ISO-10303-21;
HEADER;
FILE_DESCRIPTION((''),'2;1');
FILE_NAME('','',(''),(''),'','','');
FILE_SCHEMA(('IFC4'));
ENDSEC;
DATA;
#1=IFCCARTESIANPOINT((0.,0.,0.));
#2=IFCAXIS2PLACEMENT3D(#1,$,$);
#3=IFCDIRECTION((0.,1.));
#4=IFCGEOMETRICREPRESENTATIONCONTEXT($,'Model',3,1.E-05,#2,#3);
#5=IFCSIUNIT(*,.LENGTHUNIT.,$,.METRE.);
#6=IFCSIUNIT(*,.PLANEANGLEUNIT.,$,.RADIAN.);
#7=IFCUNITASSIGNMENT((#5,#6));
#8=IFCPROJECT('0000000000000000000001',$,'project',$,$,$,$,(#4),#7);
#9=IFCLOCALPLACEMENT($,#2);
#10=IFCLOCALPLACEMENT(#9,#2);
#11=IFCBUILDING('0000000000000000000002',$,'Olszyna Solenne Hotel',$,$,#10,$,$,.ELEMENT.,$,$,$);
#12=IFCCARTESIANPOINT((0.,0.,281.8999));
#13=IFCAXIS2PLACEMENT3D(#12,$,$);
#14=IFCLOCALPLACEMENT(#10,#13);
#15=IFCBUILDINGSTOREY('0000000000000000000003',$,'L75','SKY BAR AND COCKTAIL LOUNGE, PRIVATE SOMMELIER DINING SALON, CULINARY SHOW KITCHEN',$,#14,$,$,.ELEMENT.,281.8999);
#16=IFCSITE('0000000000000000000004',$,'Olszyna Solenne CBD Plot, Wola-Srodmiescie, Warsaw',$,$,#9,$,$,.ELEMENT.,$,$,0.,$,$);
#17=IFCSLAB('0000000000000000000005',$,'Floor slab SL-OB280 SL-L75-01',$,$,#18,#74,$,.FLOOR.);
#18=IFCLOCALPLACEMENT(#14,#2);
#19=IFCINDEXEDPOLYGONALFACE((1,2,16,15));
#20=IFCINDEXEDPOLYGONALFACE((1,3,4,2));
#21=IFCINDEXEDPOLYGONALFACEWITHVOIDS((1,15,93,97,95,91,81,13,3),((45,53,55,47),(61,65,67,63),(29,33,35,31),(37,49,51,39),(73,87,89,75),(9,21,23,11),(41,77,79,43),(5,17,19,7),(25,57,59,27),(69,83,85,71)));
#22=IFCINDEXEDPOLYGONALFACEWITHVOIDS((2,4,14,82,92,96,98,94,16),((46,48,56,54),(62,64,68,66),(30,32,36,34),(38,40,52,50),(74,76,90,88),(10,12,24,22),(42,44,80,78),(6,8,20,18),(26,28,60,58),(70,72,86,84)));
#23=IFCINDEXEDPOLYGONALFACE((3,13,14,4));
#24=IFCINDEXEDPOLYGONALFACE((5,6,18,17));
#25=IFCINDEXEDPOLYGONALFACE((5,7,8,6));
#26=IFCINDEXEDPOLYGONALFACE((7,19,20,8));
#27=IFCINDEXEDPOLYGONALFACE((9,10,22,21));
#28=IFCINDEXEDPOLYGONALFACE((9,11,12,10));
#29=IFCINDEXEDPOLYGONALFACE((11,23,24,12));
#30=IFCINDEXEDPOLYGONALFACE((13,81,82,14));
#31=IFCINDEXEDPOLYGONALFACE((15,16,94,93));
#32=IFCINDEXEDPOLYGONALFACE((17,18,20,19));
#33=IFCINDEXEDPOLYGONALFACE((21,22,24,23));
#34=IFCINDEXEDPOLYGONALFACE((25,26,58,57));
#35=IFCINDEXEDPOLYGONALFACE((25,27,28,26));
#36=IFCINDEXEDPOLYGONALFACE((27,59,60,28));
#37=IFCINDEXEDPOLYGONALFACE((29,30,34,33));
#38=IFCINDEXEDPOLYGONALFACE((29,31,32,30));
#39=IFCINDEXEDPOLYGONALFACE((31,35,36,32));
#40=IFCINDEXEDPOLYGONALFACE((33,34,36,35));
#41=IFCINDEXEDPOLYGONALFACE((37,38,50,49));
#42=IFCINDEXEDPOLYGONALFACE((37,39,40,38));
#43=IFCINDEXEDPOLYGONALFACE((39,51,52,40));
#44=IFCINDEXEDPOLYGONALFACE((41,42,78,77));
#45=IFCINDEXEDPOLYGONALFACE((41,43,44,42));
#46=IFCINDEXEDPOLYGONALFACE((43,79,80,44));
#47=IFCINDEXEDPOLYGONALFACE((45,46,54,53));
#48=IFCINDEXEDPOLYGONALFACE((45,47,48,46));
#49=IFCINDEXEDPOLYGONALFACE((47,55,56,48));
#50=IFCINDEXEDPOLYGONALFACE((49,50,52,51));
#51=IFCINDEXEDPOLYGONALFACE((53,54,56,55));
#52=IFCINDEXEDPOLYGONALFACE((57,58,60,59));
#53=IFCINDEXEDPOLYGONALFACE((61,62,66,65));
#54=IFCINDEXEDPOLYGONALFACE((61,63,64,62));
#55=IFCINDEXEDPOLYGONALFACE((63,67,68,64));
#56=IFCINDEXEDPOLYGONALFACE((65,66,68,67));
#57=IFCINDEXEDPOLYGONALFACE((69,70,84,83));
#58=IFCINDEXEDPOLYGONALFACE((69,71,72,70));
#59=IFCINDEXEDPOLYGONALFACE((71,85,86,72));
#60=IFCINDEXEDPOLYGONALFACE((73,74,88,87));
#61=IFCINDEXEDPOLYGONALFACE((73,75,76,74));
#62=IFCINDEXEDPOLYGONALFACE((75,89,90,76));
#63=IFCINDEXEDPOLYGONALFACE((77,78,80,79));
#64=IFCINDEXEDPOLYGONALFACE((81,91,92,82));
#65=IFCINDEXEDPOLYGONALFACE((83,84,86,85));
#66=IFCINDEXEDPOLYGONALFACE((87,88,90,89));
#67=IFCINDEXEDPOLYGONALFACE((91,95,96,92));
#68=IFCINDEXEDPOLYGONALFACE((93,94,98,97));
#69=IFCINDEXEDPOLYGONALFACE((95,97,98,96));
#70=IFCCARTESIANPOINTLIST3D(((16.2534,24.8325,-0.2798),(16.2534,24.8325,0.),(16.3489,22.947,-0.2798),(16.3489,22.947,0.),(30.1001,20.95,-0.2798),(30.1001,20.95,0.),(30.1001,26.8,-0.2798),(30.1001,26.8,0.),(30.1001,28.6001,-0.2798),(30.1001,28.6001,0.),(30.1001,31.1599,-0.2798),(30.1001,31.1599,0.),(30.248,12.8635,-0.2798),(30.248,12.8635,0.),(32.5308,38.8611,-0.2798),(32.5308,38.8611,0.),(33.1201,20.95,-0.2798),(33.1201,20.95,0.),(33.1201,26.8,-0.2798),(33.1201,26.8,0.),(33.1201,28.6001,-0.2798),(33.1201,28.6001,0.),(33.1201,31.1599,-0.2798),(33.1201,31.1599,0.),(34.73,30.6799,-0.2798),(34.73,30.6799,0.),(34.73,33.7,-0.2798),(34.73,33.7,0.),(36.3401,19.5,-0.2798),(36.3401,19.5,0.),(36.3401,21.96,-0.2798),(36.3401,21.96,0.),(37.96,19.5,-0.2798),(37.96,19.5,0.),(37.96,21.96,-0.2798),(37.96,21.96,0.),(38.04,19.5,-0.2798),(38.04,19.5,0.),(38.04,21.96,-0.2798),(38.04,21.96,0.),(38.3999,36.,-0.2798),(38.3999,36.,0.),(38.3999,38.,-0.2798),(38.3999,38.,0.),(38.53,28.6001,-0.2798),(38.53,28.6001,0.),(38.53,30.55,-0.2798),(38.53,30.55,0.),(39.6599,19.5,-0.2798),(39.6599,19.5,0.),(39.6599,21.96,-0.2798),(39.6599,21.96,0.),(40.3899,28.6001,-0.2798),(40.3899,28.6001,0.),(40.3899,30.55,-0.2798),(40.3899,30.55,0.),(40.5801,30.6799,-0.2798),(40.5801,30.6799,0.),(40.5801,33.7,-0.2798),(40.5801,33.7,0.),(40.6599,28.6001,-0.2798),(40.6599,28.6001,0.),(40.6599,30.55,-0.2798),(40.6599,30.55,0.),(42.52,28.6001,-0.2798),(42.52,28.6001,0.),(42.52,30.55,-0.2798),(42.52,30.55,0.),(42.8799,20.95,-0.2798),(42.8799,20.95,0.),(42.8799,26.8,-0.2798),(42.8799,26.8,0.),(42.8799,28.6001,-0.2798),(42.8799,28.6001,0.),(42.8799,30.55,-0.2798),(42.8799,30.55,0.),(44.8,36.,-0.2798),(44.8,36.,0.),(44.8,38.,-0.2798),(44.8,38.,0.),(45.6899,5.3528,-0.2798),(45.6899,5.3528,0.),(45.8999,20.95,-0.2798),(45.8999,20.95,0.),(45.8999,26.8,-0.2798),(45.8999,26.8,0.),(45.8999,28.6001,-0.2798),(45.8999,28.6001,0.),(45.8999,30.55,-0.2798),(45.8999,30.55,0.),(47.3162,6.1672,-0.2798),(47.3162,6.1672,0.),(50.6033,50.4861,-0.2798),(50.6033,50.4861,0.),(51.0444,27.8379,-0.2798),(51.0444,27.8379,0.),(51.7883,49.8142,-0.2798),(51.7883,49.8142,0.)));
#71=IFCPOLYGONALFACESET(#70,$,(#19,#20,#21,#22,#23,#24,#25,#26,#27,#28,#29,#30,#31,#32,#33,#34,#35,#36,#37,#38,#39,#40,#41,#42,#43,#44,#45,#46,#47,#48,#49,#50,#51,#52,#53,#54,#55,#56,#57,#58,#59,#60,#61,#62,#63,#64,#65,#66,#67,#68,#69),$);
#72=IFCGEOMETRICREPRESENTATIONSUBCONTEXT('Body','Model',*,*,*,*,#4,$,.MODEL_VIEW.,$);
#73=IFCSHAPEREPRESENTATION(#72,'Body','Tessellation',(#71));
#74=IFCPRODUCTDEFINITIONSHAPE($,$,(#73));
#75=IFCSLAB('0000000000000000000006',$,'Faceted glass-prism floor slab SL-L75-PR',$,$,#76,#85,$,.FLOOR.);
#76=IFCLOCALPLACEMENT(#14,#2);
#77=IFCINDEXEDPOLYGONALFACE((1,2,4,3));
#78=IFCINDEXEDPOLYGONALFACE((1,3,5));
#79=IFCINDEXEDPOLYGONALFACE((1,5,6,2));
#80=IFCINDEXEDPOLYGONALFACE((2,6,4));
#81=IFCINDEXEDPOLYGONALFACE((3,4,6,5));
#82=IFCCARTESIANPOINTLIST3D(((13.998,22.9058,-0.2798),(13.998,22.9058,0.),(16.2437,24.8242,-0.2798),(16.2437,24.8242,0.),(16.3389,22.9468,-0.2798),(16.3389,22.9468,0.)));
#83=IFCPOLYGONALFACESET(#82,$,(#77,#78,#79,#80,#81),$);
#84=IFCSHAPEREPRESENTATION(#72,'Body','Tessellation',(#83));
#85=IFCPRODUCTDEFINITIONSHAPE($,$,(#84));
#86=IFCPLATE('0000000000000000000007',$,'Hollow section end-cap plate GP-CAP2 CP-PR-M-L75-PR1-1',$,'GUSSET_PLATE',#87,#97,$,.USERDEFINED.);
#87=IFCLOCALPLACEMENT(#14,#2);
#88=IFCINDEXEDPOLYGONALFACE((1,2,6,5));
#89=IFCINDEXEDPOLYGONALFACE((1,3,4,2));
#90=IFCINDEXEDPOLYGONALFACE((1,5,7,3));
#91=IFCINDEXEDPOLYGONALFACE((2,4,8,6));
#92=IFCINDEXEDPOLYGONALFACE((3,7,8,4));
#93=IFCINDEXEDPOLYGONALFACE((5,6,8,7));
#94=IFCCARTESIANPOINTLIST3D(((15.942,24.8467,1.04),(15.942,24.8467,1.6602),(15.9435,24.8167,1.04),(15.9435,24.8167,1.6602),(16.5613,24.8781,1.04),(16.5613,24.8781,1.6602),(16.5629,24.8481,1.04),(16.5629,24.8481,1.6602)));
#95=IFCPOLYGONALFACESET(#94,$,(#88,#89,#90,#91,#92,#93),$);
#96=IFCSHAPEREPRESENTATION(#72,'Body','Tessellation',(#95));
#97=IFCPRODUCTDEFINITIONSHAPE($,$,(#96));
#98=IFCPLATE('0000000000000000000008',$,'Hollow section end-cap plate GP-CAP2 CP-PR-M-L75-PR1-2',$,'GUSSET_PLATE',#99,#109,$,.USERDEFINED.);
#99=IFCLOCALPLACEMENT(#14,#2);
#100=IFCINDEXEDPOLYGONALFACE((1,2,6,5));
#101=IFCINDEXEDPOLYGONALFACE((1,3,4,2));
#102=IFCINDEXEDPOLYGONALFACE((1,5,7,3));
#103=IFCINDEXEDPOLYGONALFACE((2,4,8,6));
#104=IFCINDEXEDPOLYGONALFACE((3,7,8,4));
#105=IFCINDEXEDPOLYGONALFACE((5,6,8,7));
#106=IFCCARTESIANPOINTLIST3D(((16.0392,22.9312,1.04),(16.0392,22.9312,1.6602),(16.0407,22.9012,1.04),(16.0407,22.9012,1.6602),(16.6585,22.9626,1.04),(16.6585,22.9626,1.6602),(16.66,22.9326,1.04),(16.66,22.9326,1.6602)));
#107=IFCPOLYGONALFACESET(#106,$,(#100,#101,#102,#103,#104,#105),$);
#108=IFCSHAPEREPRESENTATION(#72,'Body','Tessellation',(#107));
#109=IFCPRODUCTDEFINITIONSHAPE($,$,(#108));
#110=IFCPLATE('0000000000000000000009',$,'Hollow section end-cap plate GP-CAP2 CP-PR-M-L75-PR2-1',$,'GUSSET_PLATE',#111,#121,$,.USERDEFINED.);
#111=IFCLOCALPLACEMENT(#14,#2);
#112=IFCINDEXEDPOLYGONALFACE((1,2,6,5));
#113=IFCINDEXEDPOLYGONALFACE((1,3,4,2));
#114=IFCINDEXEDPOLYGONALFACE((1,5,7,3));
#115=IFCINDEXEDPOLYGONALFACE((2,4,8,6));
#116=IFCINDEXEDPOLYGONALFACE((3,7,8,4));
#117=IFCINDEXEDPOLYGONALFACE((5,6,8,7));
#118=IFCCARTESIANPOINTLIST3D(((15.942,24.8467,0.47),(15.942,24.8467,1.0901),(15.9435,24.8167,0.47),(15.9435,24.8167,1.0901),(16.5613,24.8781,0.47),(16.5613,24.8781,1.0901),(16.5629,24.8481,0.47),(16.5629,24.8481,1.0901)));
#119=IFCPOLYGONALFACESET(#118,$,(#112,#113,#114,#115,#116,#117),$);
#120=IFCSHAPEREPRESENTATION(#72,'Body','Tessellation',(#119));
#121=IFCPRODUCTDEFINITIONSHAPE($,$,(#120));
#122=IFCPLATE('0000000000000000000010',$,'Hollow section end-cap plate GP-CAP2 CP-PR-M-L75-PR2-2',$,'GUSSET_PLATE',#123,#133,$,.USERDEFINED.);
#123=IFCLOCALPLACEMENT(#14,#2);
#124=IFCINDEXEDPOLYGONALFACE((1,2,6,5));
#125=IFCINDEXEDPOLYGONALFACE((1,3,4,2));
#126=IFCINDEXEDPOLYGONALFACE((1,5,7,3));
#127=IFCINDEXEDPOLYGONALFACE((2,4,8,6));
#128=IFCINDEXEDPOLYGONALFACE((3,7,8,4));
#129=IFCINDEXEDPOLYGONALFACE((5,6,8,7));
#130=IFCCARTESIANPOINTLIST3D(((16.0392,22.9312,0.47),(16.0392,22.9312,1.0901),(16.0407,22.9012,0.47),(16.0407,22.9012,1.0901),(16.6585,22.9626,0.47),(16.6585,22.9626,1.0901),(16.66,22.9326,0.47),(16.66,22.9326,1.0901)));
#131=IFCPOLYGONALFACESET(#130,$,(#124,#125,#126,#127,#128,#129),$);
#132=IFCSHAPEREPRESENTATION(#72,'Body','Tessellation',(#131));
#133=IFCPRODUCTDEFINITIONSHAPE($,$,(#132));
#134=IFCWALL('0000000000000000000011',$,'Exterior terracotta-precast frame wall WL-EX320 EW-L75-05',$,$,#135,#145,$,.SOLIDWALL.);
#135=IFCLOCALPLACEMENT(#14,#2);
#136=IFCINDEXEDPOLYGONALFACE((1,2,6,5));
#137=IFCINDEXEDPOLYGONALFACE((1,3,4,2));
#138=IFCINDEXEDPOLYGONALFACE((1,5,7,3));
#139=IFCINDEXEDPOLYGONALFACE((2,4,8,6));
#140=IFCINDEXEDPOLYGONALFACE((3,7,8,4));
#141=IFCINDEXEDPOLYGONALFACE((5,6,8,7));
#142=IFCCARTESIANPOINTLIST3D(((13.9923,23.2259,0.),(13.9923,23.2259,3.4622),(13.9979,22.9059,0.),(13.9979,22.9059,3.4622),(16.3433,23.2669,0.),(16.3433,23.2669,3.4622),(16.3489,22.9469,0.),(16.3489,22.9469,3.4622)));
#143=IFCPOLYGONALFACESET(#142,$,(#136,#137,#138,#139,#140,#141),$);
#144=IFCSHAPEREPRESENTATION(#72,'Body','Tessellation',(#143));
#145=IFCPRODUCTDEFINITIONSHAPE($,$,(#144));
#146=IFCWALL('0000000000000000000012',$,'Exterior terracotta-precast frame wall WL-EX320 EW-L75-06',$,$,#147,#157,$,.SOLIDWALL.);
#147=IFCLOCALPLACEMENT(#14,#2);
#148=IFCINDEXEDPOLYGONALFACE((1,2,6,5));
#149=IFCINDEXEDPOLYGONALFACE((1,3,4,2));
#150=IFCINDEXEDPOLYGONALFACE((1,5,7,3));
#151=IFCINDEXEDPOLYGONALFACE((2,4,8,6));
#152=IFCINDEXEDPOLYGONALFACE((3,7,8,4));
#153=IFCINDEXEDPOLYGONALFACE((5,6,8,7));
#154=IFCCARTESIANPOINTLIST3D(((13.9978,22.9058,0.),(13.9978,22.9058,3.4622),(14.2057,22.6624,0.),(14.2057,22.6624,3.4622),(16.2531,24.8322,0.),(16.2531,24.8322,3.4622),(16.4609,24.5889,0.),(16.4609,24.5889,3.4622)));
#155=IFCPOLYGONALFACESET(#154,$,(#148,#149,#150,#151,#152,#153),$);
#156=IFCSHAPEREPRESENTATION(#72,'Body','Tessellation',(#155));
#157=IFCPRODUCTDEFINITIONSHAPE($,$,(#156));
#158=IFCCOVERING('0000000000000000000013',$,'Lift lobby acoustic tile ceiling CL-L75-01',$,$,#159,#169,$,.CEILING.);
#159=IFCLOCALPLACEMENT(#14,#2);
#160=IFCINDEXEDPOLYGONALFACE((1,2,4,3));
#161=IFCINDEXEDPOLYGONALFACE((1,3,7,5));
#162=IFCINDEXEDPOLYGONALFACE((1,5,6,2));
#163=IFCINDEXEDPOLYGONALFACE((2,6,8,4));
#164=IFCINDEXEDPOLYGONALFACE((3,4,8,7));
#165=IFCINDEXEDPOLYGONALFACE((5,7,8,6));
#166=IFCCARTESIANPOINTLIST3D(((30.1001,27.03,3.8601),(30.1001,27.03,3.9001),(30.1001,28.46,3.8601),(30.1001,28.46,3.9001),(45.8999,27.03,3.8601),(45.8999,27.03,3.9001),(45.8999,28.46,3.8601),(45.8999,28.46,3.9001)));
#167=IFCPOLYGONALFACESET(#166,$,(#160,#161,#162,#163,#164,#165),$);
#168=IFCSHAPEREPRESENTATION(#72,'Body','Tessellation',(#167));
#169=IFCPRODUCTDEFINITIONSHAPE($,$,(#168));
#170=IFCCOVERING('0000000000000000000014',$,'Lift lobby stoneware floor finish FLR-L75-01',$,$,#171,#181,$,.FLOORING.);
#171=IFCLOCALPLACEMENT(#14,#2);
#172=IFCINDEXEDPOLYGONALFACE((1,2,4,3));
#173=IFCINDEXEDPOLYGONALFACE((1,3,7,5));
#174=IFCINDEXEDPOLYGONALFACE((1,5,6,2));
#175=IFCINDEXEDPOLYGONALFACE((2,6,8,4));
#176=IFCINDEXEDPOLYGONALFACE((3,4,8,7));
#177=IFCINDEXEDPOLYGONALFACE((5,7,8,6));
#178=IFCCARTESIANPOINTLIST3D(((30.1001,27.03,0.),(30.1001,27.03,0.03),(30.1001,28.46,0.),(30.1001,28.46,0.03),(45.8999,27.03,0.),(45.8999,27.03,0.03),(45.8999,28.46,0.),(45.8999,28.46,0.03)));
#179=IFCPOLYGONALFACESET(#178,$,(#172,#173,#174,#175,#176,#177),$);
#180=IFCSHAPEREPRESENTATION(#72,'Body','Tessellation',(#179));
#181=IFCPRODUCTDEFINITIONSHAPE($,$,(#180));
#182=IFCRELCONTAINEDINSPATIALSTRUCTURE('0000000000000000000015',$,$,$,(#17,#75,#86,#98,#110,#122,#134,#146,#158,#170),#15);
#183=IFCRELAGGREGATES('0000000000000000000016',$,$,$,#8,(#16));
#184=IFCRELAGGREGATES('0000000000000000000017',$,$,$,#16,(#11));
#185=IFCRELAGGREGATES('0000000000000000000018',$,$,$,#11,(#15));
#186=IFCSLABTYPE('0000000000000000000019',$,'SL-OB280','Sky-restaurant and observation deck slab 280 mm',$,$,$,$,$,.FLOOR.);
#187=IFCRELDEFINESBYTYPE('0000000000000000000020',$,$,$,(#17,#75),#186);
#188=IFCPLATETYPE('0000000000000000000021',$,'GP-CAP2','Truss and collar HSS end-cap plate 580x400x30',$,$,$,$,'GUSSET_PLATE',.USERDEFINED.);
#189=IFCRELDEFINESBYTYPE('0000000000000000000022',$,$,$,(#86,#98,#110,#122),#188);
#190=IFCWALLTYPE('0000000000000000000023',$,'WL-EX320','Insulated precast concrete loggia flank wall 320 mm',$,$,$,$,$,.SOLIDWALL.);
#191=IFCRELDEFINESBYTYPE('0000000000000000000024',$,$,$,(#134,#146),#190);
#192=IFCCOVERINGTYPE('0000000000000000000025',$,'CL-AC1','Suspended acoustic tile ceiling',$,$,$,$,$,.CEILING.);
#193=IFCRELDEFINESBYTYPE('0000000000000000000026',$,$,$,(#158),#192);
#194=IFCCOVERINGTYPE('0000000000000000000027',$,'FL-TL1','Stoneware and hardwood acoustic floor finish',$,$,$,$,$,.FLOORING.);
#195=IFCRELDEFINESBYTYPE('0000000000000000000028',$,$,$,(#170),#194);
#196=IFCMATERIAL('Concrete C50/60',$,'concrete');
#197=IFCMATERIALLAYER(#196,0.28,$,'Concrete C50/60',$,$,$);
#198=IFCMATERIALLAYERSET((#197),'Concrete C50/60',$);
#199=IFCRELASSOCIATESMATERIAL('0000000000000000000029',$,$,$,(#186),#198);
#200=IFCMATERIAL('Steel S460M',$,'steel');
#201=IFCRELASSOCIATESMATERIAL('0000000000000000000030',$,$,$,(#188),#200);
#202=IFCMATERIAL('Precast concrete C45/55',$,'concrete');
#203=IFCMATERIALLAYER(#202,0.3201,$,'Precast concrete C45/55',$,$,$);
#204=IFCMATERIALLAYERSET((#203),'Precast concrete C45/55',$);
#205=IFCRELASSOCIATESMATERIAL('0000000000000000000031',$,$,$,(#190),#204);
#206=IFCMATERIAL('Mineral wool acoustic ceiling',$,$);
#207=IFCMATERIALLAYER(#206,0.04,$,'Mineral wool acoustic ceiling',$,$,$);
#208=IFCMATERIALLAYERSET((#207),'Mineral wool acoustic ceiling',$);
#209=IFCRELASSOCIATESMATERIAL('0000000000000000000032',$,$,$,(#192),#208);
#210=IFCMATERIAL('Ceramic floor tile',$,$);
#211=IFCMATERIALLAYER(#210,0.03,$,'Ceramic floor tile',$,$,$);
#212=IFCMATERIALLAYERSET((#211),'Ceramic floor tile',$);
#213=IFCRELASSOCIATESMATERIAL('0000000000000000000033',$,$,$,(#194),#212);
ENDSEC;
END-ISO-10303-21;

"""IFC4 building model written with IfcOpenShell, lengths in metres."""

from ifc_helpers import new_model, si_unit, direction, frame, frame_2d, origin, origin_2d, place, context, subcontext, project, spatial, polyline, rectangle, outline, extrude, source, transform, mapped, material, layer, layer_set, type_object, element, save


model = new_model("IFC4")

# Units and contexts
model_context = context("Model", 3, precision=1e-05, world=origin(), true_north=direction((0.0, 1.0)))
body_context = subcontext(model_context, "Body", "Model", "MODEL_VIEW")
ifc_project = project(units=[si_unit("LENGTHUNIT", "METRE"), si_unit("PLANEANGLEUNIT", "RADIAN")], contexts=[model_context])

# Site, building, storey
site_placement = place(None, origin())
site = spatial("IfcSite", under=ifc_project, at=site_placement, Name="Olszyna Solenne CBD Plot, Wola-Srodmiescie, Warsaw", CompositionType="ELEMENT", RefElevation=0.0)
building_placement = place(site_placement, origin())
building = spatial("IfcBuilding", under=site, at=building_placement, Name="Olszyna Solenne Hotel", CompositionType="ELEMENT")
storey_placement = place(building_placement, frame((0.0, 0.0, 281.8999)))
storey = spatial("IfcBuildingStorey", under=building, at=storey_placement, Name="L75", Description="SKY BAR AND COCKTAIL LOUNGE, PRIVATE SOMMELIER DINING SALON, CULINARY SHOW KITCHEN", CompositionType="ELEMENT", Elevation=281.8999)

# Shared definitions
ifc_material_1 = material(Name="Steel S460M", Category="steel")

# Slabs
ifc_material_2 = material(Name="Precast concrete C45/55", Category="concrete")
ifc_material_3 = material(Name="Concrete C50/60", Category="concrete")
ifc_layer_1 = layer(ifc_material_3, 0.28, Name="Concrete C50/60")
ifc_layer_set_1 = layer_set([ifc_layer_1], Name="Concrete C50/60")
slab_type_1 = type_object("IfcSlabType", Name="SL-OB280", Description="Sky-restaurant and observation deck slab 280 mm", PredefinedType="FLOOR", material=ifc_layer_set_1)
slab_1_placement = place(storey_placement, frame((0.0, 0.0, -0.2798)))
element("IfcSlab", 1, at=slab_1_placement, inside=storey, type_object=slab_type_1, Name="Floor slab SL-OB280 SL-L75-01", PredefinedType="FLOOR", context=body_context, shape_type="SweptSolid", body=[
    extrude(outline(polyline([(51.7883, 49.8142), (50.6033, 50.4861), (32.5308, 38.8611), (16.2534, 24.8325), (16.3489, 22.947), (30.248, 12.8635), (45.6899, 5.3528), (47.3162, 6.1672), (51.0444, 27.8379), (51.7883, 49.8142)]), holes=[polyline([(30.1001, 20.95), (33.1201, 20.95), (33.1201, 26.8), (30.1001, 26.8), (30.1001, 20.95)]), polyline([(42.8799, 20.95), (45.8999, 20.95), (45.8999, 26.8), (42.8799, 26.8), (42.8799, 20.95)]), polyline([(34.73, 30.6799), (40.5801, 30.6799), (40.5801, 33.7), (34.73, 33.7), (34.73, 30.6799)]), polyline([(36.3401, 19.5), (37.96, 19.5), (37.96, 21.96), (36.3401, 21.96), (36.3401, 19.5)]), polyline([(38.04, 19.5), (39.6599, 19.5), (39.6599, 21.96), (38.04, 21.96), (38.04, 19.5)]), polyline([(30.1001, 28.6001), (33.1201, 28.6001), (33.1201, 31.1599), (30.1001, 31.1599), (30.1001, 28.6001)]), polyline([(38.53, 28.6001), (40.3899, 28.6001), (40.3899, 30.55), (38.53, 30.55), (38.53, 28.6001)]), polyline([(40.6599, 28.6001), (42.52, 28.6001), (42.52, 30.55), (40.6599, 30.55), (40.6599, 28.6001)]), polyline([(42.8799, 28.6001), (45.8999, 28.6001), (45.8999, 30.55), (42.8799, 30.55), (42.8799, 28.6001)]), polyline([(38.3999, 36.0), (44.8, 36.0), (44.8, 38.0), (38.3999, 38.0), (38.3999, 36.0)])]), origin(), (0.0, 0.0, 1.0), 0.2798),
])
slab_2_placement = place(storey_placement, frame((0.0, 0.0, -0.2798)))
element("IfcSlab", 2, at=slab_2_placement, inside=storey, type_object=slab_type_1, Name="Faceted glass-prism floor slab SL-L75-PR", PredefinedType="FLOOR", context=body_context, shape_type="SweptSolid", body=[
    extrude(outline(polyline([(16.3389, 22.9468), (16.2437, 24.8242), (13.998, 22.9058), (16.3389, 22.9468)])), origin(), (0.0, 0.0, 1.0), 0.2798),
])

# Plates
plate_type = type_object("IfcPlateType", Name="GP-CAP2", Description="Truss and collar HSS end-cap plate 580x400x30", ElementType="GUSSET_PLATE", PredefinedType="USERDEFINED", material=ifc_material_1)
shared_shape_1 = source(origin(), body_context, "Body", "SweptSolid", [
    extrude(rectangle(XDim=0.03, YDim=0.6201, at=origin_2d()), origin(), (0.0, 0.0, 1.0), 0.6201),
])
for number, where, z_axis, x_axis, name in (
    (3, (16.2524, 24.8474, 1.04), (0.0, 0.0, 1.0), (0.050593, -0.998719, 0.0), "Hollow section end-cap plate GP-CAP2 CP-PR-M-L75-PR1-1"),
    (4, (16.3496, 22.9319, 1.04), (0.0, 0.0, 1.0), (0.050593, -0.998719, 0.0), "Hollow section end-cap plate GP-CAP2 CP-PR-M-L75-PR1-2"),
    (5, (16.2524, 24.8474, 0.47), (0.0, 0.0, 1.0), (0.050593, -0.998719, 0.0), "Hollow section end-cap plate GP-CAP2 CP-PR-M-L75-PR2-1"),
    (6, (16.3496, 22.9319, 0.47), (0.0, 0.0, 1.0), (0.050593, -0.998719, 0.0), "Hollow section end-cap plate GP-CAP2 CP-PR-M-L75-PR2-2"),
):
    element("IfcPlate", number, at=place(storey_placement, frame(where, z_axis=z_axis, x_axis=x_axis)), inside=storey, type_object=plate_type, Name=name, ObjectType="GUSSET_PLATE", PredefinedType="USERDEFINED", context=body_context, shape_type="MappedRepresentation", body=[
        mapped(shared_shape_1, transform((0.0, 0.0, 0.0), x_axis=(1.0, 0.0, 0.0), y_axis=(0.0, 1.0, 0.0), z_axis=(0.0, 0.0, 1.0), scale=1.0)),
    ])

# Walls
ifc_layer_2 = layer(ifc_material_2, 0.3201, Name="Precast concrete C45/55")
ifc_layer_set_2 = layer_set([ifc_layer_2], Name="Precast concrete C45/55")
wall_type = type_object("IfcWallType", Name="WL-EX320", Description="Insulated precast concrete loggia flank wall 320 mm", PredefinedType="SOLIDWALL", material=ifc_layer_set_2)
wall_1_placement = place(storey_placement, frame((16.3462, 23.1069, 0.0), z_axis=(0.0, 0.0, 1.0), x_axis=(-0.999848, -0.017443, 0.0)))
element("IfcWall", 7, at=wall_1_placement, inside=storey, type_object=wall_type, Name="Exterior terracotta-precast frame wall WL-EX320 EW-L75-05", PredefinedType="SOLIDWALL", context=body_context, shape_type="SweptSolid", body=[
    extrude(rectangle(XDim=2.3513, YDim=0.3201, at=frame_2d((1.1758, 0.0))), origin(), (0.0, 0.0, 1.0), 3.4622),
])
wall_2_placement = place(storey_placement, frame((14.1018, 22.7842, 0.0), z_axis=(0.0, 0.0, 1.0), x_axis=(0.760365, 0.649496, 0.0)))
element("IfcWall", 8, at=wall_2_placement, inside=storey, type_object=wall_type, Name="Exterior terracotta-precast frame wall WL-EX320 EW-L75-06", PredefinedType="SOLIDWALL", context=body_context, shape_type="SweptSolid", body=[
    extrude(rectangle(XDim=2.9661, YDim=0.3201, at=frame_2d((1.4829, 0.0))), origin(), (0.0, 0.0, 1.0), 3.4622),
])

# Coverings
ifc_material_4 = material(Name="Mineral wool acoustic ceiling")
ifc_layer_3 = layer(ifc_material_4, 0.04, Name="Mineral wool acoustic ceiling")
ifc_layer_set_3 = layer_set([ifc_layer_3], Name="Mineral wool acoustic ceiling")
covering_type_1 = type_object("IfcCoveringType", Name="CL-AC1", Description="Suspended acoustic tile ceiling", PredefinedType="CEILING", material=ifc_layer_set_3)
covering_1_placement = place(storey_placement, frame((0.0, 0.0, 3.8601)))
element("IfcCovering", 9, at=covering_1_placement, inside=storey, type_object=covering_type_1, Name="Lift lobby acoustic tile ceiling CL-L75-01", PredefinedType="CEILING", context=body_context, shape_type="SweptSolid", body=[
    extrude(outline(polyline([(30.1001, 27.03), (45.8999, 27.03), (45.8999, 28.46), (30.1001, 28.46), (30.1001, 27.03)])), origin(), (0.0, 0.0, 1.0), 0.04),
])
ifc_material_5 = material(Name="Ceramic floor tile")
ifc_layer_4 = layer(ifc_material_5, 0.03, Name="Ceramic floor tile")
ifc_layer_set_4 = layer_set([ifc_layer_4], Name="Ceramic floor tile")
covering_type_2 = type_object("IfcCoveringType", Name="FL-TL1", Description="Stoneware and hardwood acoustic floor finish", PredefinedType="FLOORING", material=ifc_layer_set_4)
covering_2_placement = place(storey_placement, origin())
element("IfcCovering", 10, at=covering_2_placement, inside=storey, type_object=covering_type_2, Name="Lift lobby stoneware floor finish FLR-L75-01", PredefinedType="FLOORING", context=body_context, shape_type="SweptSolid", body=[
    extrude(outline(polyline([(30.1001, 27.03), (45.8999, 27.03), (45.8999, 28.46), (30.1001, 28.46), (30.1001, 27.03)])), origin(), (0.0, 0.0, 1.0), 0.03),
])

save(model, "model.ifc")
